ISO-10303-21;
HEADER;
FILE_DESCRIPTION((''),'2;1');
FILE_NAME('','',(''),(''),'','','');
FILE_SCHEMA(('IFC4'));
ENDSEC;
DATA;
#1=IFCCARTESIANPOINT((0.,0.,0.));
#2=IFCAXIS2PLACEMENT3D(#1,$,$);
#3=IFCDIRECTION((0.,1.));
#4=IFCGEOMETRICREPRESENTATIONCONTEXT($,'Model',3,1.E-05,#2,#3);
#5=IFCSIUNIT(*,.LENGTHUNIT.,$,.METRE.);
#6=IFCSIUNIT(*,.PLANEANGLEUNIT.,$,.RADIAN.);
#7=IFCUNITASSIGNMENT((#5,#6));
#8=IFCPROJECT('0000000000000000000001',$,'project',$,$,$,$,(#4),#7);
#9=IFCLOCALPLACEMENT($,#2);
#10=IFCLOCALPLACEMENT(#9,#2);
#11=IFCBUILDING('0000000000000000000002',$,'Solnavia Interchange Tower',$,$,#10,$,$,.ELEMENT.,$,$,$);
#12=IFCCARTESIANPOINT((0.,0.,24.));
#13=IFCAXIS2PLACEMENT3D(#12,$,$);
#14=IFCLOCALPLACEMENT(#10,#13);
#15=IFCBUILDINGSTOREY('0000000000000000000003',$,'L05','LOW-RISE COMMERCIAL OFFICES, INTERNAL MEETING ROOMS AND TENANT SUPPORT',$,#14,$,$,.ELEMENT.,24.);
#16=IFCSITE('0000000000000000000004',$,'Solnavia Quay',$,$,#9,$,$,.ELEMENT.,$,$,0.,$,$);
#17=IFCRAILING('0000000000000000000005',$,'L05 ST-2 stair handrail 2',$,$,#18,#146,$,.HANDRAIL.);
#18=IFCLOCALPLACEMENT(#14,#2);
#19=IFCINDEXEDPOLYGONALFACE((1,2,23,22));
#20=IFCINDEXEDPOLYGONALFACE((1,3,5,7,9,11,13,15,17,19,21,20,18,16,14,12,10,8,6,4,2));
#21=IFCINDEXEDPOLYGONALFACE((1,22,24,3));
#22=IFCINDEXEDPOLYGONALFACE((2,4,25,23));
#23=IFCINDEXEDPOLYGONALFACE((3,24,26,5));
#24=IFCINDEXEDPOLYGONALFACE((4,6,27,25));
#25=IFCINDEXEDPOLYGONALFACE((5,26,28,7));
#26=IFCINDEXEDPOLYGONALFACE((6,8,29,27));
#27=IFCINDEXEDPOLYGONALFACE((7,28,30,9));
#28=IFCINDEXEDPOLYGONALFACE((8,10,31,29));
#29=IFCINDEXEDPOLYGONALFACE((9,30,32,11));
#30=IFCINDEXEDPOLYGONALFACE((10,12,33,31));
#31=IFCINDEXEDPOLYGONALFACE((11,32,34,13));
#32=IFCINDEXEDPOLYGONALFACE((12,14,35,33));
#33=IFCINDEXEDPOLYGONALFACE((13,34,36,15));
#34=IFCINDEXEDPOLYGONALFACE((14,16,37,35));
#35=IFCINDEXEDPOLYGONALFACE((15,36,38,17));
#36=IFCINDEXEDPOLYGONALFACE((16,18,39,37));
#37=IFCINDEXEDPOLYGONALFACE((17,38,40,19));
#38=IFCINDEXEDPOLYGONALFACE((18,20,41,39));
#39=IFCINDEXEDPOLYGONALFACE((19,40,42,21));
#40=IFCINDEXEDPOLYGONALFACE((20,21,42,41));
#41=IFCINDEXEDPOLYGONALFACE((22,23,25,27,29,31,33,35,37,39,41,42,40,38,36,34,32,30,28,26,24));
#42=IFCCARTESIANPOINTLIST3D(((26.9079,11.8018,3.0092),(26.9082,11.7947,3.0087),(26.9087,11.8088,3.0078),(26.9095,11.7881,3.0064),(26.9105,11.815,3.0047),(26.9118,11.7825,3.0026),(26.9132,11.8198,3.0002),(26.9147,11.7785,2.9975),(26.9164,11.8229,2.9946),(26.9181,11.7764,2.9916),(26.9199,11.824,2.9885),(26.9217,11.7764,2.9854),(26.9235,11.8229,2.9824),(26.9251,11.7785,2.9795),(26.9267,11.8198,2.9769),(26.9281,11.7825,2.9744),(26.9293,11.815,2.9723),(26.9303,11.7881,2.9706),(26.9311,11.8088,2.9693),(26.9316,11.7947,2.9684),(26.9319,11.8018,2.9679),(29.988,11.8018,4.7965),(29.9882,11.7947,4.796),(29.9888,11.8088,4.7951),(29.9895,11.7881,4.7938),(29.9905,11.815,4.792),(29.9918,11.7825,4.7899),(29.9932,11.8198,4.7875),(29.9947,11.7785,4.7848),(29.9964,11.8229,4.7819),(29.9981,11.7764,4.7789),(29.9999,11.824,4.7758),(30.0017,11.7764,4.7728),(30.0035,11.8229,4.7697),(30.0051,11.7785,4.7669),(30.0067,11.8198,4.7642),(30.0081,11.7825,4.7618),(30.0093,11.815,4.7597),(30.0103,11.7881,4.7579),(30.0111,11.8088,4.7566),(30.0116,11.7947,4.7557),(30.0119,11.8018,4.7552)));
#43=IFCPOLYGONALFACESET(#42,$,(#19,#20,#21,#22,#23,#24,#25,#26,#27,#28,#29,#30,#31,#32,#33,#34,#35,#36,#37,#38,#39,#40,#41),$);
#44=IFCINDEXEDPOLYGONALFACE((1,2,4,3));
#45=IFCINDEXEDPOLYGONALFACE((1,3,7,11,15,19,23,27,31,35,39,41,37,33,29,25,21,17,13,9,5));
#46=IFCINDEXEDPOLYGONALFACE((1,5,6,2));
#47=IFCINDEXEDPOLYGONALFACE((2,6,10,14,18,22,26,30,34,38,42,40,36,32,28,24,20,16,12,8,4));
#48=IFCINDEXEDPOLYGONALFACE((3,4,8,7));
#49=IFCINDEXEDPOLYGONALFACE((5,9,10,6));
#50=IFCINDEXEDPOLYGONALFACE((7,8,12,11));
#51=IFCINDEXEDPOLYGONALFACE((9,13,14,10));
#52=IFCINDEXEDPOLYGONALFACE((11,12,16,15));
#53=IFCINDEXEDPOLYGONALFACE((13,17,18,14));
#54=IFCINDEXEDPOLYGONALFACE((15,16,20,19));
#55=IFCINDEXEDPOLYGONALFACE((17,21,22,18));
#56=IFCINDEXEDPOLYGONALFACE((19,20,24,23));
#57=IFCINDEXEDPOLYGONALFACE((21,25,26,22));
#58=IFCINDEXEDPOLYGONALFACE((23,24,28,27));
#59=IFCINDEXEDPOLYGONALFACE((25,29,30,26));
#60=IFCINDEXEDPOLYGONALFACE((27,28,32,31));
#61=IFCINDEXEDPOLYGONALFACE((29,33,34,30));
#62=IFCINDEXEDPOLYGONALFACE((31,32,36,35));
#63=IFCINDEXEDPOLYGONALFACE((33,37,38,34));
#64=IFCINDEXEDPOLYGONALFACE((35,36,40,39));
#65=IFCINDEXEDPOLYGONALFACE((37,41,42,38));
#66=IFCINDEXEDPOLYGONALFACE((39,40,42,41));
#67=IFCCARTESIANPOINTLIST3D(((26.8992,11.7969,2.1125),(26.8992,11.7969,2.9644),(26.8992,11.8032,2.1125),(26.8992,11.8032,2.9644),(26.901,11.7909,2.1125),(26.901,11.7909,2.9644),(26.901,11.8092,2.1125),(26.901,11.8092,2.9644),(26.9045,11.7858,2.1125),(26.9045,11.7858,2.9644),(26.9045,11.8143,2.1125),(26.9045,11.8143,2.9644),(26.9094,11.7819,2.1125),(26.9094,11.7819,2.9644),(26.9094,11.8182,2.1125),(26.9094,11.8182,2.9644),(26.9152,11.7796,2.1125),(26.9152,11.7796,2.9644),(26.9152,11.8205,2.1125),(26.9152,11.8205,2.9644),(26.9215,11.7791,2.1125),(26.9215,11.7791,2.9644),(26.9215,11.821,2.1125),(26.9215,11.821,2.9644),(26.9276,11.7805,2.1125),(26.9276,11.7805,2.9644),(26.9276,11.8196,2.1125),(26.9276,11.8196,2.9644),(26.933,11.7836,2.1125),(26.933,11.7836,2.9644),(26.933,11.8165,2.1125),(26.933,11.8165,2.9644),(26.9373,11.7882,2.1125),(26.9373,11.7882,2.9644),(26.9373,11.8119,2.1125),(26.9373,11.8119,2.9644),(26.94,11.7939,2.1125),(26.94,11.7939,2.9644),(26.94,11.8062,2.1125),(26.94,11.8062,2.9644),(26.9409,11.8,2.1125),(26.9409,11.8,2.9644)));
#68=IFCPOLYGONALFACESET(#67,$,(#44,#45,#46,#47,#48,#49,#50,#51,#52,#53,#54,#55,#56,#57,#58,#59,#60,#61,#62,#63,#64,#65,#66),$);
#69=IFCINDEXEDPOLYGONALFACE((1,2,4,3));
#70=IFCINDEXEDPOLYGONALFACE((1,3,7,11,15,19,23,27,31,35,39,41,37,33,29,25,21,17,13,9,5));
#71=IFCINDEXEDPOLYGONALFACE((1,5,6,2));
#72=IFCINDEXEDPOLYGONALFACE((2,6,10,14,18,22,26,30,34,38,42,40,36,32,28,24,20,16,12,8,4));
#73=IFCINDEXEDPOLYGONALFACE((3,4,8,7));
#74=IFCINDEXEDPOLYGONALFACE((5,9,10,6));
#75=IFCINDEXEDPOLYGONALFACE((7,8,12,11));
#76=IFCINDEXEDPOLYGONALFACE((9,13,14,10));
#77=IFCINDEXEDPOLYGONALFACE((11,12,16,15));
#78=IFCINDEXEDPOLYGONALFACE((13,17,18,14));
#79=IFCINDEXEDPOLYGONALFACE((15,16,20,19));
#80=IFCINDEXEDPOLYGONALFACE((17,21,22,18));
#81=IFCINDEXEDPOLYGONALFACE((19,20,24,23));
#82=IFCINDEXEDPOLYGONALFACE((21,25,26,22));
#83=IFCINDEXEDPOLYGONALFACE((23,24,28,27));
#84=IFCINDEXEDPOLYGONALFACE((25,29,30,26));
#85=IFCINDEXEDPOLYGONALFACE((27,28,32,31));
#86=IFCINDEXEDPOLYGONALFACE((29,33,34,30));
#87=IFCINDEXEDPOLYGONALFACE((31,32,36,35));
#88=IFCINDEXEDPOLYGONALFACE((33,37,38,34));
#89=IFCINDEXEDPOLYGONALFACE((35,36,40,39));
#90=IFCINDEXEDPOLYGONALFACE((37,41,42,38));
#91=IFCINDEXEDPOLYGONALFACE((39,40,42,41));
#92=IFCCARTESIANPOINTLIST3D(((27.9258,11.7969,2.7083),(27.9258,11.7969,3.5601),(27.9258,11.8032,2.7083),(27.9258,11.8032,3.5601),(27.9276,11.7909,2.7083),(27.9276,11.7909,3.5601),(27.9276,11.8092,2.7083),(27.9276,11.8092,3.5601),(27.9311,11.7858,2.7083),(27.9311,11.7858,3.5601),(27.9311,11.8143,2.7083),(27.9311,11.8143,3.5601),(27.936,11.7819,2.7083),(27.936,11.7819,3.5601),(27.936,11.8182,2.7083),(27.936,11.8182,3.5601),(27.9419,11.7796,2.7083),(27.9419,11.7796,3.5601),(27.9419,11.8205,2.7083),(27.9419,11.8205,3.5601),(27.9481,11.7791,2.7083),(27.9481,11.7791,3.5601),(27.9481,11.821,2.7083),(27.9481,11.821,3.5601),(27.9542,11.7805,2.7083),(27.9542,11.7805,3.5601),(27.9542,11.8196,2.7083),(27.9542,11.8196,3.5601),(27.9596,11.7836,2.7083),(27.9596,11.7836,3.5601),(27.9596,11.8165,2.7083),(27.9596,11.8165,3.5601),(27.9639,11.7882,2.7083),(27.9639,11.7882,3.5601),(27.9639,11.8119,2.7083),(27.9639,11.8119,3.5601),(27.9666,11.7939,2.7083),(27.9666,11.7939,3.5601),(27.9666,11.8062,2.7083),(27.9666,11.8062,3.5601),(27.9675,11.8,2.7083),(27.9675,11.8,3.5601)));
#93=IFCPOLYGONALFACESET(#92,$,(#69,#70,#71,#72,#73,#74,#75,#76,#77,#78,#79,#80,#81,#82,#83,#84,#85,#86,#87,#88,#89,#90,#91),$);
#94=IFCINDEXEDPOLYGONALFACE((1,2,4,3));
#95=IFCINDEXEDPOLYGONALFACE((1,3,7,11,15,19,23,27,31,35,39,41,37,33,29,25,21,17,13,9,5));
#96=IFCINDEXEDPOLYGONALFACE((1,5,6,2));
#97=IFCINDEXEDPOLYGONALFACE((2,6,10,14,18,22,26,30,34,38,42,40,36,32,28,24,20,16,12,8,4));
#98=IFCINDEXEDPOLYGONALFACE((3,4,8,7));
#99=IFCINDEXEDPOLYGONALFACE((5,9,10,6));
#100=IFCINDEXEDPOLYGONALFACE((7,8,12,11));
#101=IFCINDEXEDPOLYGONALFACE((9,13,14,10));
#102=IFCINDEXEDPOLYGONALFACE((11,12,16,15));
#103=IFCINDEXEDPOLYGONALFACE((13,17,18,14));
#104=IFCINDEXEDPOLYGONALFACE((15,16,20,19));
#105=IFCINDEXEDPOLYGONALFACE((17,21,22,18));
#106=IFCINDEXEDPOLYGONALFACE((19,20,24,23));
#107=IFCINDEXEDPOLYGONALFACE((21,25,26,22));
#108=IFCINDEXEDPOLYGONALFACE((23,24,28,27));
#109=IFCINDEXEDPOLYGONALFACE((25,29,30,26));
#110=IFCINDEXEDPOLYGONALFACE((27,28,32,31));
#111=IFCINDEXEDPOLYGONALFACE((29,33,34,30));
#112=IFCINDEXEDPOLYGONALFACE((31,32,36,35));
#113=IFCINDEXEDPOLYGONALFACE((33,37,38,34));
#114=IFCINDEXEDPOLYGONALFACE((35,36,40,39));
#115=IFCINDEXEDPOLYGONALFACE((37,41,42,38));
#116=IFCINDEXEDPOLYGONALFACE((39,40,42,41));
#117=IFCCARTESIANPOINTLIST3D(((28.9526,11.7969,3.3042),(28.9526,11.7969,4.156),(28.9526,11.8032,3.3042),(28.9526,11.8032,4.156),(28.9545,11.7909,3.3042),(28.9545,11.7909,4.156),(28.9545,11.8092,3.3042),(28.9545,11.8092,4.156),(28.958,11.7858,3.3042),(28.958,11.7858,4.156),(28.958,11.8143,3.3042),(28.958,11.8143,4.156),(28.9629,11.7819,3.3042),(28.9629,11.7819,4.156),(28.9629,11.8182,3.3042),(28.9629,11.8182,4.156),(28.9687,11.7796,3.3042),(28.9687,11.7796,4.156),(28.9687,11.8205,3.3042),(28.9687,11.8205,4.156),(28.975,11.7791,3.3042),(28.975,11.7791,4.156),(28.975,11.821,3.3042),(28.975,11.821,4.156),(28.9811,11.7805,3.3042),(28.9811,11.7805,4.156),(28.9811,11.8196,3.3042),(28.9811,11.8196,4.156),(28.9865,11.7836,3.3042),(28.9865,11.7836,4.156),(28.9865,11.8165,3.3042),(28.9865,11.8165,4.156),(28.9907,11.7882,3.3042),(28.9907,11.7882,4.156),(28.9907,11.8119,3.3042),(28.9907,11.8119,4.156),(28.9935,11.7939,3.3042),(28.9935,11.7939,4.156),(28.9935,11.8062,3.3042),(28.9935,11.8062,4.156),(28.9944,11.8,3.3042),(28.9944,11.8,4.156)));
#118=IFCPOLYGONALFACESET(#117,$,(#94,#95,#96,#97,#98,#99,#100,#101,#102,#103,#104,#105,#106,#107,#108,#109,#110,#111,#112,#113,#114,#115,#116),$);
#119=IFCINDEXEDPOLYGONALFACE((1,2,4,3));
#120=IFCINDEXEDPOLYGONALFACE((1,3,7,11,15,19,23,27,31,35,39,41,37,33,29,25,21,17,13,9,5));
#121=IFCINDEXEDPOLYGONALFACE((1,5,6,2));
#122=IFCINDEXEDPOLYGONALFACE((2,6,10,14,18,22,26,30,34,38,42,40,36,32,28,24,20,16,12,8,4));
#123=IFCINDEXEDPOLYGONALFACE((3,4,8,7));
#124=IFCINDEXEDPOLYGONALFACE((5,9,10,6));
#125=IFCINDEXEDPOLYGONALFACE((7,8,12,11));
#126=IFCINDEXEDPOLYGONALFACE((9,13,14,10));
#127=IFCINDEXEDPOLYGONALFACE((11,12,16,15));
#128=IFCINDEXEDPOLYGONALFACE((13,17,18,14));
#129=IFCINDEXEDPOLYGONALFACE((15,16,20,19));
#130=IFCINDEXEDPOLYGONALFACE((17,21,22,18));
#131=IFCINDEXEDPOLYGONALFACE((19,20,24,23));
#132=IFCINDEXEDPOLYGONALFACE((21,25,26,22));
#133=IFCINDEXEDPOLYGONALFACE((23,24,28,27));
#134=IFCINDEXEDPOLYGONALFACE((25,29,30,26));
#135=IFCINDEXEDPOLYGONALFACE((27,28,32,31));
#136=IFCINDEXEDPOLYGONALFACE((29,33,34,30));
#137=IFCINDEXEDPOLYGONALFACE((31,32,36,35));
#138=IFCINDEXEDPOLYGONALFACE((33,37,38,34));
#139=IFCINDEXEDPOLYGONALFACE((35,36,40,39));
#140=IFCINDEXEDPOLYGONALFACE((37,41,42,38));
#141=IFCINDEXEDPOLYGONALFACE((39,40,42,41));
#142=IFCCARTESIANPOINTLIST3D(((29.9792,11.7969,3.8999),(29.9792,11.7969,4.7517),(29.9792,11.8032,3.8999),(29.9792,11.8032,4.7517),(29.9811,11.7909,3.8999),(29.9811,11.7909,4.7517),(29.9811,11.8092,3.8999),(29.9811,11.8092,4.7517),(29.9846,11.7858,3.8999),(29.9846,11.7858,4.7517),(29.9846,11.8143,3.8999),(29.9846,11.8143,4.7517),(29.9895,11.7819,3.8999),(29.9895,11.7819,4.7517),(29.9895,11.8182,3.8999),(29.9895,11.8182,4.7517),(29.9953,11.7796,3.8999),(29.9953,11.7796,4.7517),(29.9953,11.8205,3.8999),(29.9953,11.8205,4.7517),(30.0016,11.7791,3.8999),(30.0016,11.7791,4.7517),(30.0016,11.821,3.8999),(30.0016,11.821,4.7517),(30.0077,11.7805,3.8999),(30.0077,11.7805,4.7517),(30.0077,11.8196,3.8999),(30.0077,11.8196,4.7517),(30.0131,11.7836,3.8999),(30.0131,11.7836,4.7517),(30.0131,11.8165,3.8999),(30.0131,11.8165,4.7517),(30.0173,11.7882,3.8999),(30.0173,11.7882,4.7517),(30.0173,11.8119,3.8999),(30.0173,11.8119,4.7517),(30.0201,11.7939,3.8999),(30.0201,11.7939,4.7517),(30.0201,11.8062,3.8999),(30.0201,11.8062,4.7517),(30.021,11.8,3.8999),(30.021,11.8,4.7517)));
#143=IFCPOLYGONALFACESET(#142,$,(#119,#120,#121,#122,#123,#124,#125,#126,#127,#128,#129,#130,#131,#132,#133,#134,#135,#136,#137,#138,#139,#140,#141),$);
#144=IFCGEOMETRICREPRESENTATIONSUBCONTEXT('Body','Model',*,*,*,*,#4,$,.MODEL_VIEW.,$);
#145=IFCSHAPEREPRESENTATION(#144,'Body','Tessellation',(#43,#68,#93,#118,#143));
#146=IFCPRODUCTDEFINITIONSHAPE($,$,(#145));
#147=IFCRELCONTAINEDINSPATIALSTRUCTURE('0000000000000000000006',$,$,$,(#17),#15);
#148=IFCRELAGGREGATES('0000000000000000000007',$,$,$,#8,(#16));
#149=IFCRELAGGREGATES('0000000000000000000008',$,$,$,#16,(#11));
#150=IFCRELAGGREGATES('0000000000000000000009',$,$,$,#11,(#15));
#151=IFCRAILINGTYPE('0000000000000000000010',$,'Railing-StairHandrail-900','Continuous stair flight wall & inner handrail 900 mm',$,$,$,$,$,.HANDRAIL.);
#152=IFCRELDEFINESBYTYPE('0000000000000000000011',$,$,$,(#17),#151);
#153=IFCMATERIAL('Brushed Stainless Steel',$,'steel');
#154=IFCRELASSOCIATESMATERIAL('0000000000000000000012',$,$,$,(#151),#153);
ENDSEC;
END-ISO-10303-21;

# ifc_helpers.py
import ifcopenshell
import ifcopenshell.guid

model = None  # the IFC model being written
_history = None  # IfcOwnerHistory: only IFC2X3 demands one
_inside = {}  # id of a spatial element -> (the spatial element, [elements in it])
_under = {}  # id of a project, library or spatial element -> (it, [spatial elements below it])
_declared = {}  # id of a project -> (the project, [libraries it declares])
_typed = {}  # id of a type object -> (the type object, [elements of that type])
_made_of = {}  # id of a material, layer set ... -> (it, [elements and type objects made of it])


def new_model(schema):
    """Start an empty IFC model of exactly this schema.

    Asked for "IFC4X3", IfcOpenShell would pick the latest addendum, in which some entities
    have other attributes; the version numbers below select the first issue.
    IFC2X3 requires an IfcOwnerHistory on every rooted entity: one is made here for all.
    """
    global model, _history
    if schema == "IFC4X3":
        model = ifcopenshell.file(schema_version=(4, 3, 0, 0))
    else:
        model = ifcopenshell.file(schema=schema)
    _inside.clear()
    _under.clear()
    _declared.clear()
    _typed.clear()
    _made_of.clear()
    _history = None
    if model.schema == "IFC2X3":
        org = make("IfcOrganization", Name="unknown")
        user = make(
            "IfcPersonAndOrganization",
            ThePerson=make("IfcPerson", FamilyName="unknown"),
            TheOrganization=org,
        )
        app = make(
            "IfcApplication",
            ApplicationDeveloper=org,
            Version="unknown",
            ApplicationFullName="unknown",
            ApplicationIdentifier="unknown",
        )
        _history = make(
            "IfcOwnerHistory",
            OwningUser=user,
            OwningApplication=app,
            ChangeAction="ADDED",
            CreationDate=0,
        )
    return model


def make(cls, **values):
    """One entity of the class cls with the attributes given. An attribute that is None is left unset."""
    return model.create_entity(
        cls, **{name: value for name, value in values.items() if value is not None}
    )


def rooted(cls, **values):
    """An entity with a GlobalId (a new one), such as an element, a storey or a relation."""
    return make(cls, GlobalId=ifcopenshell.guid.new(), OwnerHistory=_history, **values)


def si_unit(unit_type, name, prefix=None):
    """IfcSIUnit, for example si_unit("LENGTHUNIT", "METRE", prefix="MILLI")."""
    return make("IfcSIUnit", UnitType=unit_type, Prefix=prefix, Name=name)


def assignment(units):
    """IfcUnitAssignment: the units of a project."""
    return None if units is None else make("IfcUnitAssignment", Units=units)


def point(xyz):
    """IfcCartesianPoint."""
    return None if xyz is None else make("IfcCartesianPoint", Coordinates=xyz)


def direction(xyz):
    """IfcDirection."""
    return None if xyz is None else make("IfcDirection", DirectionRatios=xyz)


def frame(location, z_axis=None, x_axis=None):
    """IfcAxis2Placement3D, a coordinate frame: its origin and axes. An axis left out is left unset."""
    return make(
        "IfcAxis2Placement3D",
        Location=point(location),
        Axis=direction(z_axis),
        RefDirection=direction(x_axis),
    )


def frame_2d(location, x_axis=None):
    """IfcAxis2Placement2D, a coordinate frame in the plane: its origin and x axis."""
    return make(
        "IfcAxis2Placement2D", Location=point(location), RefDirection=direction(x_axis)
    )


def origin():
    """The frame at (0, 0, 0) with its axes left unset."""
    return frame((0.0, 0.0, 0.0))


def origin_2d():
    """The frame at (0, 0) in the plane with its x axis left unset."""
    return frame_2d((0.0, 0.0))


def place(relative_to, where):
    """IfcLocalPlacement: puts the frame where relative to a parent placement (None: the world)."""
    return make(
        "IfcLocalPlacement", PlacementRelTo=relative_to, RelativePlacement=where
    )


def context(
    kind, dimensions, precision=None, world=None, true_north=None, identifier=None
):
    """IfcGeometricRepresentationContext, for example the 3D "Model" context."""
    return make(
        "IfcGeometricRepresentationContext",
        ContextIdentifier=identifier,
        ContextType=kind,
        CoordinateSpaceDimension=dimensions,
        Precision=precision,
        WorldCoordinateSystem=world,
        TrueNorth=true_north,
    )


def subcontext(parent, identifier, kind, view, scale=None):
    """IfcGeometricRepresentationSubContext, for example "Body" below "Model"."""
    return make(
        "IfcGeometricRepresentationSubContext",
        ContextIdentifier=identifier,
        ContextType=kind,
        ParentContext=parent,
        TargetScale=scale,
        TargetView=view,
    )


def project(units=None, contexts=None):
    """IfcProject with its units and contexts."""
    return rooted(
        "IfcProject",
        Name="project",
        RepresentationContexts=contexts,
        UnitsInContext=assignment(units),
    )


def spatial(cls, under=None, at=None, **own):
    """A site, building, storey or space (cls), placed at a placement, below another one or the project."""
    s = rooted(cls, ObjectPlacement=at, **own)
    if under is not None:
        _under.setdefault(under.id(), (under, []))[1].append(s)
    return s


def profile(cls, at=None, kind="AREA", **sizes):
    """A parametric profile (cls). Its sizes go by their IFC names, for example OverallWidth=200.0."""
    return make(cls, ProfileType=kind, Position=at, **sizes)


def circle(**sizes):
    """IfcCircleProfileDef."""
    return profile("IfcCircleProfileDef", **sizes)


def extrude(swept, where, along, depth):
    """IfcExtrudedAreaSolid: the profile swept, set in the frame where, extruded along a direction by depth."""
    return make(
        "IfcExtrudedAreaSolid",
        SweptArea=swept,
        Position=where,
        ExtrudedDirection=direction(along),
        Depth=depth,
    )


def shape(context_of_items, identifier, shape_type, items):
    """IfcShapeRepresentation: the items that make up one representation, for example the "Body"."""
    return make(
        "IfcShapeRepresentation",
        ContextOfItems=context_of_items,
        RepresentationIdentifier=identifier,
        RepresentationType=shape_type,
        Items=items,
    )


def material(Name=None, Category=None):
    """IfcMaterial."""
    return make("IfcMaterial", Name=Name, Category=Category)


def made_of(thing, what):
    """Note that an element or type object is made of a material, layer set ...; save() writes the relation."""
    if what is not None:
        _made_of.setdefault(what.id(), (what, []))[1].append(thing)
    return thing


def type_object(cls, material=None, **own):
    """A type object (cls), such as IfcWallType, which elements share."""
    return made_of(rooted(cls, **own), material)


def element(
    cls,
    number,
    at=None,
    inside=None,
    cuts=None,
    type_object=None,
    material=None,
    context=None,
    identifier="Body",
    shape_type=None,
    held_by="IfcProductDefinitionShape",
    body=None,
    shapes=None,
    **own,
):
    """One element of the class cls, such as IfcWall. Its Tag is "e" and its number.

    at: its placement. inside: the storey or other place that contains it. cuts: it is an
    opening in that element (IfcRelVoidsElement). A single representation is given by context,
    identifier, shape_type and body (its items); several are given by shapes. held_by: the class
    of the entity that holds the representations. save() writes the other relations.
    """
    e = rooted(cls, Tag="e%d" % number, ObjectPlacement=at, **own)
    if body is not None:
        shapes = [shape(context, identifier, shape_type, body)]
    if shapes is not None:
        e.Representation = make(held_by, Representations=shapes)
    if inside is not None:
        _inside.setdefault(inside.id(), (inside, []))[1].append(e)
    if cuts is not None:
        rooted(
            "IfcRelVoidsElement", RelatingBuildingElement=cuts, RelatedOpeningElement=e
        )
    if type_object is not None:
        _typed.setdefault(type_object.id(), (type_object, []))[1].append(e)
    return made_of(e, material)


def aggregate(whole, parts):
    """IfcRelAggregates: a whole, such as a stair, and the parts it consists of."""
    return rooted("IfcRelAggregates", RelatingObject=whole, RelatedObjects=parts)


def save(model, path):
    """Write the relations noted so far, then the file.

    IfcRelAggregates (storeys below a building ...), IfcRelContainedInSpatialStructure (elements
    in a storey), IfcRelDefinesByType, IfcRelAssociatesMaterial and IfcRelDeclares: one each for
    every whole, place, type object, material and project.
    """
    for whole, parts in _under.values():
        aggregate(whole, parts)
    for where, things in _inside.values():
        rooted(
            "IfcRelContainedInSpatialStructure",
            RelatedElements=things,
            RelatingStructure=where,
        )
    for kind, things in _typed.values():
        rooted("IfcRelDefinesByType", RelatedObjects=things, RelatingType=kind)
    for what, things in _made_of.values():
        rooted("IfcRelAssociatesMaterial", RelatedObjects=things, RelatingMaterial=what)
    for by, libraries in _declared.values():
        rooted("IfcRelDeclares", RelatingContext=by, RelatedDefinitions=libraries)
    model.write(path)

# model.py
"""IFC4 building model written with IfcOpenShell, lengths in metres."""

from ifc_helpers import new_model, si_unit, direction, frame, origin, origin_2d, place, context, subcontext, project, spatial, circle, extrude, material, type_object, element, save


model = new_model("IFC4")

# Units and contexts
model_context = context("Model", 3, precision=1e-05, world=origin(), true_north=direction((0.0, 1.0)))
body_context = subcontext(model_context, "Body", "Model", "MODEL_VIEW")
ifc_project = project(units=[si_unit("LENGTHUNIT", "METRE"), si_unit("PLANEANGLEUNIT", "RADIAN")], contexts=[model_context])

# Site, building, storey
site_placement = place(None, origin())
site = spatial("IfcSite", under=ifc_project, at=site_placement, Name="Solnavia Quay", CompositionType="ELEMENT", RefElevation=0.0)
building_placement = place(site_placement, origin())
building = spatial("IfcBuilding", under=site, at=building_placement, Name="Solnavia Interchange Tower", CompositionType="ELEMENT")
storey_placement = place(building_placement, frame((0.0, 0.0, 24.0)))
storey = spatial("IfcBuildingStorey", under=building, at=storey_placement, Name="L05", Description="LOW-RISE COMMERCIAL OFFICES, INTERNAL MEETING ROOMS AND TENANT SUPPORT", CompositionType="ELEMENT", Elevation=24.0)

# Railing
ifc_material_1 = material(Name="Brushed Stainless Steel", Category="steel")
railing_type_1 = type_object("IfcRailingType", Name="Railing-StairHandrail-900", Description="Continuous stair flight wall & inner handrail 900 mm", PredefinedType="HANDRAIL", material=ifc_material_1)
railing_1_placement = place(storey_placement, frame((26.9199, 11.8, 2.1125)))
element("IfcRailing", 1, at=railing_1_placement, inside=storey, type_object=railing_type_1, Name="L05 ST-2 stair handrail 2", PredefinedType="HANDRAIL", context=body_context, shape_type="SweptSolid", body=[
    extrude(circle(Radius=0.0239, at=origin_2d()), frame((0.0, 0.0, 0.876), z_axis=(0.86492, 0.0, 0.501909), x_axis=(0.0, 1.0, 0.0)), (0.0, 0.0, 1.0), 3.561),
    extrude(circle(Radius=0.021, at=origin_2d()), origin(), (0.0, 0.0, 1.0), 0.8518),
    extrude(circle(Radius=0.021, at=origin_2d()), frame((1.0266, 0.0, 0.5957)), (0.0, 0.0, 1.0), 0.8518),
    extrude(circle(Radius=0.021, at=origin_2d()), frame((2.0535, 0.0, 1.1917)), (0.0, 0.0, 1.0), 0.8518),
    extrude(circle(Radius=0.021, at=origin_2d()), frame((3.0801, 0.0, 1.7874)), (0.0, 0.0, 1.0), 0.8518),
])

save(model, "model.ifc")
